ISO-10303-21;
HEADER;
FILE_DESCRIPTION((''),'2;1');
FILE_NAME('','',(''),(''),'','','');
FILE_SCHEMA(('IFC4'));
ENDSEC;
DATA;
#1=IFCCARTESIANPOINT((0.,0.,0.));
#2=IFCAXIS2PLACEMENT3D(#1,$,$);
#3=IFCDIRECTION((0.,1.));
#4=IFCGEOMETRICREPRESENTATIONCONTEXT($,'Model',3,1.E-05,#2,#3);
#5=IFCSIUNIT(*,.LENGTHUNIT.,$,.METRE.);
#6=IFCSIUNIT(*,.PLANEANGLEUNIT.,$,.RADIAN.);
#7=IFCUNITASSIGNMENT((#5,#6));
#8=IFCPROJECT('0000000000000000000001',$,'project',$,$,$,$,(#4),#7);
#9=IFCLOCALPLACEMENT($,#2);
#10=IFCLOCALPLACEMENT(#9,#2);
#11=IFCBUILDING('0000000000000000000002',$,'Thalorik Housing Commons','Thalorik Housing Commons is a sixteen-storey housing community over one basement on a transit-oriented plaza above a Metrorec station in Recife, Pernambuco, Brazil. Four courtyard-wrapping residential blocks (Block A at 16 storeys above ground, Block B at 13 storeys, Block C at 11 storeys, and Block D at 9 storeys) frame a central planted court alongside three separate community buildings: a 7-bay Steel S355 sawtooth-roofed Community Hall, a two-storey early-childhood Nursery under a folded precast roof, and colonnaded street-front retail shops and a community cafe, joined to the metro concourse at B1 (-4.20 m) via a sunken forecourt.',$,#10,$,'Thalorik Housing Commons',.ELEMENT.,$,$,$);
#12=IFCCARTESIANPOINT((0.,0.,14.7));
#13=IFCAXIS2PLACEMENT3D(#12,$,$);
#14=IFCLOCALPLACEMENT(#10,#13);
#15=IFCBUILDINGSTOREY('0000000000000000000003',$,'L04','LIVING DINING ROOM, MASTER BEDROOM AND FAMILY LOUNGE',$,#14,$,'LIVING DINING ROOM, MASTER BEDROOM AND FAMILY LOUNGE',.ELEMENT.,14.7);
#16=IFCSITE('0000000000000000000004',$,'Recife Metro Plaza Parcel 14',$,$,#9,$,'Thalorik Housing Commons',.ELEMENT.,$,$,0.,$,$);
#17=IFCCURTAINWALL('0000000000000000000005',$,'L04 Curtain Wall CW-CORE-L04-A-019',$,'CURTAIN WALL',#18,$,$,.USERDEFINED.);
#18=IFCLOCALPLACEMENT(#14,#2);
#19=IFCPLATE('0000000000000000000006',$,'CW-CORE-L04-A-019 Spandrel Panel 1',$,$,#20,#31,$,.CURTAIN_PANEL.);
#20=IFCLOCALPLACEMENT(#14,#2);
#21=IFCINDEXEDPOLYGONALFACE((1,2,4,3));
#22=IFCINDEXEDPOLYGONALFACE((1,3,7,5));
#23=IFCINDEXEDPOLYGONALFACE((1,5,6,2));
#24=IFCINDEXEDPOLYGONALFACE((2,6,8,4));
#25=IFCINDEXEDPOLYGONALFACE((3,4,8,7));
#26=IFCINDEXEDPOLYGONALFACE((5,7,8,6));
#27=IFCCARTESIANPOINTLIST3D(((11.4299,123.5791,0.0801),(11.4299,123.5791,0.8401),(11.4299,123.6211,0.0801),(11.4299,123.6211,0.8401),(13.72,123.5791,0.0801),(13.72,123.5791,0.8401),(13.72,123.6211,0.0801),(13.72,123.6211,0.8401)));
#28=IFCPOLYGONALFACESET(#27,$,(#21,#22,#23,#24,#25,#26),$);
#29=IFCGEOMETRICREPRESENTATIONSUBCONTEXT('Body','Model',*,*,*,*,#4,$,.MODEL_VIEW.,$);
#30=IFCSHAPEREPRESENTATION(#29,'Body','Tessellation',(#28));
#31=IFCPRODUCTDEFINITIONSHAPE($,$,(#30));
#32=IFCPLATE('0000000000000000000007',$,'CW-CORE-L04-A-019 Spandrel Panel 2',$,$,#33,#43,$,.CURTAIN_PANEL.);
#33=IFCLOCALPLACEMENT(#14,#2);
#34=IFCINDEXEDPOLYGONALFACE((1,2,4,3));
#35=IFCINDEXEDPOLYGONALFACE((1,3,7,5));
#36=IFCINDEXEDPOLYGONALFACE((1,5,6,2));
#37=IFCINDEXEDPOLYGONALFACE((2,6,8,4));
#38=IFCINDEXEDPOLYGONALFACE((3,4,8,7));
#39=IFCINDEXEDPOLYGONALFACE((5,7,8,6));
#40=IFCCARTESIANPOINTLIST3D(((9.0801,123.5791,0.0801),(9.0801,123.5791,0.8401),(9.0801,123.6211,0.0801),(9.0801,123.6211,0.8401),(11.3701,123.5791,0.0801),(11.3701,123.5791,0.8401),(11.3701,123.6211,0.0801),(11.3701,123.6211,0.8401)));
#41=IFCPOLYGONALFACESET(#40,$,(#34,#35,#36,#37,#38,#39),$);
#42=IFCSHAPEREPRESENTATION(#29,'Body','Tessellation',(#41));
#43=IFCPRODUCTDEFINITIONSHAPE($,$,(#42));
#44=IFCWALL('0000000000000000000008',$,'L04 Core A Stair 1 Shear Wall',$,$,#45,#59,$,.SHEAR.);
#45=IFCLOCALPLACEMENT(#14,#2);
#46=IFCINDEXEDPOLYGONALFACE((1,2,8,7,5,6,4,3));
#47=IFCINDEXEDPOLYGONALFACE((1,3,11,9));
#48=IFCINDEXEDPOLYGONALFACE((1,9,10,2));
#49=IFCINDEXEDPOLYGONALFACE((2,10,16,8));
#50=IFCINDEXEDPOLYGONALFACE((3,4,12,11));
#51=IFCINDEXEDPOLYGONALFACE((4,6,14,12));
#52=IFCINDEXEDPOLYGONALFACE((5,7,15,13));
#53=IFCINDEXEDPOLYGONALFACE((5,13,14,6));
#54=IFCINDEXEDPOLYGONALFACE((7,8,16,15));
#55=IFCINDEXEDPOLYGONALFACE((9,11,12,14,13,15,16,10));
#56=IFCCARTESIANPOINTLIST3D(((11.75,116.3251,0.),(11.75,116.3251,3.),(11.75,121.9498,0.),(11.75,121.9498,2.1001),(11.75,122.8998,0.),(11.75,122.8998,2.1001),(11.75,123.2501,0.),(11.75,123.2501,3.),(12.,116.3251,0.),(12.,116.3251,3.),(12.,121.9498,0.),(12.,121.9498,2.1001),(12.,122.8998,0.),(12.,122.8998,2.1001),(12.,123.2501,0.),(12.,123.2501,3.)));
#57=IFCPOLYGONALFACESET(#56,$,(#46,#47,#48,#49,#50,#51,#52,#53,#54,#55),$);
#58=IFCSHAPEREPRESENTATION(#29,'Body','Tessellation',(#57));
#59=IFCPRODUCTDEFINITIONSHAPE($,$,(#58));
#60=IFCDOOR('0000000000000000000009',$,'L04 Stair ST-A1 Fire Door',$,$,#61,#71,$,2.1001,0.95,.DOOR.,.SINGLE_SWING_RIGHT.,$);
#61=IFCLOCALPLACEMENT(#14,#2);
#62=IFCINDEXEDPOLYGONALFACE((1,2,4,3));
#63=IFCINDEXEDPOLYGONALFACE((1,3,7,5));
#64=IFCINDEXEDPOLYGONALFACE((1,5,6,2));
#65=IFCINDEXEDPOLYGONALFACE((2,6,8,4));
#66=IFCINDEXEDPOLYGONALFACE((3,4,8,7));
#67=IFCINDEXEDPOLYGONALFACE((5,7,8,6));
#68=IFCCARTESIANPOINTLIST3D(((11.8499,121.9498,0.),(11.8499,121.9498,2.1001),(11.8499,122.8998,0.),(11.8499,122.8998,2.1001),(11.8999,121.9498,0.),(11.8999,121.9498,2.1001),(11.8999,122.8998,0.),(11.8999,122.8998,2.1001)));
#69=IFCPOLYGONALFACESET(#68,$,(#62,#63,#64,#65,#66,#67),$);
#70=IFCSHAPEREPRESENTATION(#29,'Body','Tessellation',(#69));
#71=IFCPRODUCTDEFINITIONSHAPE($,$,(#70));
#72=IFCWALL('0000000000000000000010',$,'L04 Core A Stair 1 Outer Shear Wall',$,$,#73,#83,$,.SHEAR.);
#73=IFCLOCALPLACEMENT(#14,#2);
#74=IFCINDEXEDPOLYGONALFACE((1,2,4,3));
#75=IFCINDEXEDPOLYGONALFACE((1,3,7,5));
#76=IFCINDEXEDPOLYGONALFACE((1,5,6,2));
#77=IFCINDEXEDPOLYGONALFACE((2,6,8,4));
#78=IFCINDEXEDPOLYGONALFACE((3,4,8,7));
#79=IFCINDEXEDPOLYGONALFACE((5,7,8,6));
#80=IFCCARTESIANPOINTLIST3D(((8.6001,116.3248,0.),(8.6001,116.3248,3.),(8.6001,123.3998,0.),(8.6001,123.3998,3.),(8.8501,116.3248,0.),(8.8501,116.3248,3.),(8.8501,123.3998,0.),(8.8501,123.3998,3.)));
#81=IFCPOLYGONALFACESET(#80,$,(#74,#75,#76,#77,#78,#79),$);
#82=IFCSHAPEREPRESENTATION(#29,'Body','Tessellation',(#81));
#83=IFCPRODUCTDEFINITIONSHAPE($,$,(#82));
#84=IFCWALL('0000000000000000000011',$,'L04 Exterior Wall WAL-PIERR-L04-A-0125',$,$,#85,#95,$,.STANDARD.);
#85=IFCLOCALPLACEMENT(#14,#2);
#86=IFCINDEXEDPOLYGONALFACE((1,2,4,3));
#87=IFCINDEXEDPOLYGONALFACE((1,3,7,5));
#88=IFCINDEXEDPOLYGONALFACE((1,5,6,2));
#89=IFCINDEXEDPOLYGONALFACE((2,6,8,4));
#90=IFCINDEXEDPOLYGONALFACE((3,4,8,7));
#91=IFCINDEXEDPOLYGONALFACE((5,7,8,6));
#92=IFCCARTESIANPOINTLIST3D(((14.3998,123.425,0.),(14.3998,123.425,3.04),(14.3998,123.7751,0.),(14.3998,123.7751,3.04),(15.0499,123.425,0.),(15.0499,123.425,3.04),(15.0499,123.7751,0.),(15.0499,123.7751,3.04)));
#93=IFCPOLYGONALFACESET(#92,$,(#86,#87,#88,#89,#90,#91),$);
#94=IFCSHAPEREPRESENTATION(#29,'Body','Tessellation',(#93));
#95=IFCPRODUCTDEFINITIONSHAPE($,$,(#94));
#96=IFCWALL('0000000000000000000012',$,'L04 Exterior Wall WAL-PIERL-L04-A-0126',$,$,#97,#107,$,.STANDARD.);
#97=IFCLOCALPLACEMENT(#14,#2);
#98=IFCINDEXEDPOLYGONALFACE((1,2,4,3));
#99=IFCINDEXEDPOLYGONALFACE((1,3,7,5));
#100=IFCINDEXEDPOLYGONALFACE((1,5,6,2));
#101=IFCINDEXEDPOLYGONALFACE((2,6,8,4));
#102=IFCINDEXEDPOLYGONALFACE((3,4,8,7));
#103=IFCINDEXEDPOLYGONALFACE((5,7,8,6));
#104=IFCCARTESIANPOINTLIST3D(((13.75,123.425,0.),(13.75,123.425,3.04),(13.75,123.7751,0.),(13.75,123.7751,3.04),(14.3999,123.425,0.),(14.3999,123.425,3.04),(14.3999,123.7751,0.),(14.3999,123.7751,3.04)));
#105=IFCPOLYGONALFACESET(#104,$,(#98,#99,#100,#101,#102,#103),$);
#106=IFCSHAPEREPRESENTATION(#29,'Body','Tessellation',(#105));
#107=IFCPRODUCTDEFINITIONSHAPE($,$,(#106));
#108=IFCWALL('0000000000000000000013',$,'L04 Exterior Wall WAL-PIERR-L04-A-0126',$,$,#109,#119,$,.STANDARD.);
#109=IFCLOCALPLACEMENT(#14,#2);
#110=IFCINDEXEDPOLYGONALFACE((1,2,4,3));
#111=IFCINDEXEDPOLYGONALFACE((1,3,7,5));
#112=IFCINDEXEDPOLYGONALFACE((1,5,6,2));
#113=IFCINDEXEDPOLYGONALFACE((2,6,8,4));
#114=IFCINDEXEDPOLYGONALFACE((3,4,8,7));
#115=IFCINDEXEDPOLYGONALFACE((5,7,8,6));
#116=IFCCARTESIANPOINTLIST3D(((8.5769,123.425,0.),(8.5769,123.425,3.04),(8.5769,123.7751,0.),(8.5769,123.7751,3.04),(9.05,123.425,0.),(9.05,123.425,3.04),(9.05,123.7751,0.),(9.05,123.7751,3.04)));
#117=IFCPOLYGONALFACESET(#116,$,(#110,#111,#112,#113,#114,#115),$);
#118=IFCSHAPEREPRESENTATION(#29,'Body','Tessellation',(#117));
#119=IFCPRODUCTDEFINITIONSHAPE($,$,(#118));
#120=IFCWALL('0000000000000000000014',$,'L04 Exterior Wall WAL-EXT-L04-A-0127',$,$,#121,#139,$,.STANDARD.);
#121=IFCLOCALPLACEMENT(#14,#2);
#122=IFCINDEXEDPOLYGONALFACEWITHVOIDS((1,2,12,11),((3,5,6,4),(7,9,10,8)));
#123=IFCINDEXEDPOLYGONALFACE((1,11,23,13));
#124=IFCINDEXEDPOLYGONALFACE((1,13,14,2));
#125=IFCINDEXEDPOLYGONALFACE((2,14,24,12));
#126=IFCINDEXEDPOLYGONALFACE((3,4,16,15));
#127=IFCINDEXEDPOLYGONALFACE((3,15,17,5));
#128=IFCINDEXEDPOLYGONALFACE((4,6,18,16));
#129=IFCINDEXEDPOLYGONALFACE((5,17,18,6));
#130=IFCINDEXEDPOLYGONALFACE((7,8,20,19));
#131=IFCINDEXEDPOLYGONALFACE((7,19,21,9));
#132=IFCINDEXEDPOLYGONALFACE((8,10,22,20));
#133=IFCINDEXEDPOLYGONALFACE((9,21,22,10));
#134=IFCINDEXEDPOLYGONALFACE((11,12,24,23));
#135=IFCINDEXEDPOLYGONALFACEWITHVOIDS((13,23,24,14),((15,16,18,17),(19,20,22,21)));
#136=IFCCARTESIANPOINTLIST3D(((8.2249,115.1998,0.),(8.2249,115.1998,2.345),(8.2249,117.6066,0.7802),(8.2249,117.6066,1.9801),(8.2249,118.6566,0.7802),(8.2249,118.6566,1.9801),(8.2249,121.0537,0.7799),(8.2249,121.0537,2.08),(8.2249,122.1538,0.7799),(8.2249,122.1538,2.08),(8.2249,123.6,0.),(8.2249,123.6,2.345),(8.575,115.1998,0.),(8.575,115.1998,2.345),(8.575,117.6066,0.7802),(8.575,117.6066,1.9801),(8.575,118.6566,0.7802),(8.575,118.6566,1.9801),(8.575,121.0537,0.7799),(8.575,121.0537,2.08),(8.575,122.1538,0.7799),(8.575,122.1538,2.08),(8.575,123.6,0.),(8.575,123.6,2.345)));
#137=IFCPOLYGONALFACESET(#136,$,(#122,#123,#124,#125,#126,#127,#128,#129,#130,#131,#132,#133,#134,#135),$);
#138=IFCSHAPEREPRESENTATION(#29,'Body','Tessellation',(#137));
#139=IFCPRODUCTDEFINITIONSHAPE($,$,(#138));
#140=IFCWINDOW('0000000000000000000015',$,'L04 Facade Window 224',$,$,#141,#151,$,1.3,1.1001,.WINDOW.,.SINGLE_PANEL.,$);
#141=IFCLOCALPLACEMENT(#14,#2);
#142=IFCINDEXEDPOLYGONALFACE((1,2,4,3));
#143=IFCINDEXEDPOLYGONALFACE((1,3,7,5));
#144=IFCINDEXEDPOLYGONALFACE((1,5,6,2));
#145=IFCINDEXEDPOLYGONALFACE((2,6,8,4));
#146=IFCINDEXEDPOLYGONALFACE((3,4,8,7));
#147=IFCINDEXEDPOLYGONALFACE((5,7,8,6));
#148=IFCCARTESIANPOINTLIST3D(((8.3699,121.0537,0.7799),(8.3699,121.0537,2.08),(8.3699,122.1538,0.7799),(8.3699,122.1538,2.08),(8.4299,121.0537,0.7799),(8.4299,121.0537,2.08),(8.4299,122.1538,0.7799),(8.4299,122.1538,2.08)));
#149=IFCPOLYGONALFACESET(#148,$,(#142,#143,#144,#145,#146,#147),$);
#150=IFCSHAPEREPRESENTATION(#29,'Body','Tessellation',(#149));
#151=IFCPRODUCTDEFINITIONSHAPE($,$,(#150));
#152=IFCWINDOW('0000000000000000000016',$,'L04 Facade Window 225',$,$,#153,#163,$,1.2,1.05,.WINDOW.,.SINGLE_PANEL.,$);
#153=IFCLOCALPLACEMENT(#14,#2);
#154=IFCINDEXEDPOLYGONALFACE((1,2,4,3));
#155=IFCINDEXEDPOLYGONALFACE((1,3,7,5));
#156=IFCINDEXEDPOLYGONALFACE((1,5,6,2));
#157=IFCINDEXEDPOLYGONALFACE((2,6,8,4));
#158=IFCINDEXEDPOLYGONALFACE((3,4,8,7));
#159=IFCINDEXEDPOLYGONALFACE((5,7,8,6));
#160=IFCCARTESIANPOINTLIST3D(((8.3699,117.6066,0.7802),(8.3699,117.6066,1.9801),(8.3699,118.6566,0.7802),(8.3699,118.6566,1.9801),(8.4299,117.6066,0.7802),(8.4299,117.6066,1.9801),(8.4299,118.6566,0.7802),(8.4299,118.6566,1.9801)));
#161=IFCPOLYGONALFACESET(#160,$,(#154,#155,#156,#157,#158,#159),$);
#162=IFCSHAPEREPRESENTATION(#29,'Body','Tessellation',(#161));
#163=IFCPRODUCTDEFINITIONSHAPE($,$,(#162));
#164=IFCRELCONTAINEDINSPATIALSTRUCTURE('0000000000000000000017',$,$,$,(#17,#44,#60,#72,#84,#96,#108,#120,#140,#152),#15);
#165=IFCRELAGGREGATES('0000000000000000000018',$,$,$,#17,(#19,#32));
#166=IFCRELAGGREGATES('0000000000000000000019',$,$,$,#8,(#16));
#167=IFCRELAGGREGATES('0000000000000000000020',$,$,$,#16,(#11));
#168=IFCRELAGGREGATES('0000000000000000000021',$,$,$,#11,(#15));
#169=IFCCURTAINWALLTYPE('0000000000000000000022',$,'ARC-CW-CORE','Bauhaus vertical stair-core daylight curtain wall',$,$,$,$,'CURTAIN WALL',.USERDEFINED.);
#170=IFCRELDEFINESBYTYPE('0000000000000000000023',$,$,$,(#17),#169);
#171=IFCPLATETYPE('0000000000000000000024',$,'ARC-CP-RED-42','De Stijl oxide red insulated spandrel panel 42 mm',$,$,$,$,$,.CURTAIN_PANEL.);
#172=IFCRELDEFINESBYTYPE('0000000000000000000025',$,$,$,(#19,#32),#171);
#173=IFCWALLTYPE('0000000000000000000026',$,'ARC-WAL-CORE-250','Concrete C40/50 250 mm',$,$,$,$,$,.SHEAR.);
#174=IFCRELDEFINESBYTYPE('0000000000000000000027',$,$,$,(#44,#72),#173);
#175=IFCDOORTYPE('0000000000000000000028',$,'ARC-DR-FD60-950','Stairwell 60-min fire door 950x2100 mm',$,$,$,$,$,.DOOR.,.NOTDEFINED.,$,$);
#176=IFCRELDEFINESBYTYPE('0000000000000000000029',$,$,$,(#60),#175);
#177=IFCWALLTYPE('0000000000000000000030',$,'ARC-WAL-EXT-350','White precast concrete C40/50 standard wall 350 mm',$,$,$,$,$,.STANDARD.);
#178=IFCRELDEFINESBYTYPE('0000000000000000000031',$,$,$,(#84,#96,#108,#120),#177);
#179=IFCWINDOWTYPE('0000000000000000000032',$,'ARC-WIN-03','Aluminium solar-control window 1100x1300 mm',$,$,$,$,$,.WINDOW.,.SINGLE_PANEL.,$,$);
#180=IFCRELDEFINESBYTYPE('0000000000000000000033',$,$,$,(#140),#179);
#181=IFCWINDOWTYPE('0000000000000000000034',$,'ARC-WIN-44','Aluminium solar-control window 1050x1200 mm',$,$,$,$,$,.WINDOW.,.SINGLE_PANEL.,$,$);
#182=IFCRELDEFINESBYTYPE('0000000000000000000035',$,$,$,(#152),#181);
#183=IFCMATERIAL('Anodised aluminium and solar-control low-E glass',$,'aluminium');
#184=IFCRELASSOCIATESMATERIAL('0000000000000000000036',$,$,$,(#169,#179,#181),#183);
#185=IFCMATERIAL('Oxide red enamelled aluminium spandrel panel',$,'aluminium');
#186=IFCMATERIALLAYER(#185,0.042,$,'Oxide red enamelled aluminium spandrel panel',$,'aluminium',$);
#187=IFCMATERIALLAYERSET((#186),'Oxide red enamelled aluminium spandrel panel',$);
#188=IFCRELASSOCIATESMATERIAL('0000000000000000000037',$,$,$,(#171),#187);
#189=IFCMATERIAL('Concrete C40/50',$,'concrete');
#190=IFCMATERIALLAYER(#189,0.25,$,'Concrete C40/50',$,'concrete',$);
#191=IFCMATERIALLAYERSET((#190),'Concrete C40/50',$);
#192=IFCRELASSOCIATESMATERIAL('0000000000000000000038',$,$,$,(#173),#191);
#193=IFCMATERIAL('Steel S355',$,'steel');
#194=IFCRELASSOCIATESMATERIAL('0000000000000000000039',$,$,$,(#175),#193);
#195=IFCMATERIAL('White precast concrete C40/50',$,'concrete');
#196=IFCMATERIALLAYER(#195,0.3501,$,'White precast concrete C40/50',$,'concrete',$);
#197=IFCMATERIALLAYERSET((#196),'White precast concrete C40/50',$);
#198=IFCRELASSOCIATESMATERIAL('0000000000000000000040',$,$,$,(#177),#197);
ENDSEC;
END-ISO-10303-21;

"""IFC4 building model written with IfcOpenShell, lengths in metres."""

from ifc_helpers import new_model, si_unit, direction, frame, frame_2d, origin, origin_2d, place, context, subcontext, project, spatial, rectangle, extrude, material, layer, layer_set, type_object, element, fill, aggregate, save


model = new_model("IFC4")

# Units and contexts
model_context = context("Model", 3, precision=1e-05, world=origin(), true_north=direction((0.0, 1.0)))
body_context = subcontext(model_context, "Body", "Model", "MODEL_VIEW")
ifc_project = project(units=[si_unit("LENGTHUNIT", "METRE"), si_unit("PLANEANGLEUNIT", "RADIAN")], contexts=[model_context])

# Site, building, storey
site_placement = place(None, origin())
site = spatial("IfcSite", under=ifc_project, at=site_placement, Name="Recife Metro Plaza Parcel 14", LongName="Thalorik Housing Commons", CompositionType="ELEMENT", RefElevation=0.0)
building_placement = place(site_placement, origin())
building = spatial("IfcBuilding", under=site, at=building_placement, Name="Thalorik Housing Commons", Description="Thalorik Housing Commons is a sixteen-storey housing community over one basement on a transit-oriented plaza above a Metrorec station in Recife, Pernambuco, Brazil. Four courtyard-wrapping residential blocks (Block A at 16 storeys above ground, Block B at 13 storeys, Block C at 11 storeys, and Block D at 9 storeys) frame a central planted court alongside three separate community buildings: a 7-bay Steel S355 sawtooth-roofed Community Hall, a two-storey early-childhood Nursery under a folded precast roof, and colonnaded street-front retail shops and a community cafe, joined to the metro concourse at B1 (-4.20 m) via a sunken forecourt.", LongName="Thalorik Housing Commons", CompositionType="ELEMENT")
storey_placement = place(building_placement, frame((0.0, 0.0, 14.7)))
storey = spatial("IfcBuildingStorey", under=building, at=storey_placement, Name="L04", Description="LIVING DINING ROOM, MASTER BEDROOM AND FAMILY LOUNGE", LongName="LIVING DINING ROOM, MASTER BEDROOM AND FAMILY LOUNGE", CompositionType="ELEMENT", Elevation=14.7)

# Shared definitions
ifc_material_1 = material(Name="Anodised aluminium and solar-control low-E glass", Category="aluminium")
curtain_wall_type = type_object("IfcCurtainWallType", Name="ARC-CW-CORE", Description="Bauhaus vertical stair-core daylight curtain wall", ElementType="CURTAIN WALL", PredefinedType="USERDEFINED", material=ifc_material_1)

# Curtain wall
curtain_wall_1_placement = place(storey_placement, origin())
curtain_wall_1 = element("IfcCurtainWall", 1, at=curtain_wall_1_placement, inside=storey, type_object=curtain_wall_type, Name="L04 Curtain Wall CW-CORE-L04-A-019", ObjectType="CURTAIN WALL", PredefinedType="USERDEFINED")

# Plates
ifc_material_2 = material(Name="Oxide red enamelled aluminium spandrel panel", Category="aluminium")
ifc_layer_1 = layer(ifc_material_2, 0.042, Name="Oxide red enamelled aluminium spandrel panel", Category="aluminium")
ifc_layer_set_1 = layer_set([ifc_layer_1], Name="Oxide red enamelled aluminium spandrel panel")
plate_type_1 = type_object("IfcPlateType", Name="ARC-CP-RED-42", Description="De Stijl oxide red insulated spandrel panel 42 mm", PredefinedType="CURTAIN_PANEL", material=ifc_layer_set_1)
plate_1_placement = place(storey_placement, frame((12.575, 123.6001, 0.0801), z_axis=(0.0, 0.0, 1.0), x_axis=(-1.0, 0.0, 0.0)))
plate_1 = element("IfcPlate", 2, at=plate_1_placement, type_object=plate_type_1, Name="CW-CORE-L04-A-019 Spandrel Panel 1", PredefinedType="CURTAIN_PANEL", context=body_context, shape_type="SweptSolid", body=[
    extrude(rectangle(XDim=2.29, YDim=0.042, at=origin_2d()), origin(), (0.0, 0.0, 1.0), 0.76),
])
plate_2_placement = place(storey_placement, frame((10.2251, 123.6001, 0.0801), z_axis=(0.0, 0.0, 1.0), x_axis=(-1.0, 0.0, 0.0)))
plate_2 = element("IfcPlate", 3, at=plate_2_placement, type_object=plate_type_1, Name="CW-CORE-L04-A-019 Spandrel Panel 2", PredefinedType="CURTAIN_PANEL", context=body_context, shape_type="SweptSolid", body=[
    extrude(rectangle(XDim=2.29, YDim=0.042, at=origin_2d()), origin(), (0.0, 0.0, 1.0), 0.76),
])
aggregate(curtain_wall_1, [plate_1, plate_2])

# Wall, opening, door
ifc_material_3 = material(Name="Concrete C40/50", Category="concrete")
ifc_layer_2 = layer(ifc_material_3, 0.25, Name="Concrete C40/50", Category="concrete")
ifc_layer_set_2 = layer_set([ifc_layer_2], Name="Concrete C40/50")
wall_type_1 = type_object("IfcWallType", Name="ARC-WAL-CORE-250", Description="Concrete C40/50 250 mm", PredefinedType="SHEAR", material=ifc_layer_set_2)
wall_1_placement = place(storey_placement, frame((11.875, 123.25, 0.0), z_axis=(0.0, 0.0, 1.0), x_axis=(0.0, -1.0, 0.0)))
wall_1 = element("IfcWall", 4, at=wall_1_placement, inside=storey, type_object=wall_type_1, Name="L04 Core A Stair 1 Shear Wall", PredefinedType="SHEAR", context=body_context, shape_type="SweptSolid", body=[
    extrude(rectangle(XDim=6.925, YDim=0.25, at=frame_2d((3.4624, 0.0))), origin(), (0.0, 0.0, 1.0), 3.0),
])
opening_1_placement = place(wall_1_placement, frame((0.3501, 0.0, 0.0)))
opening_1 = element("IfcOpeningElement", 5, at=opening_1_placement, cuts=wall_1, PredefinedType="OPENING", context=body_context, shape_type="SweptSolid", body=[
    extrude(rectangle(XDim=0.95, YDim=2.1001, at=frame_2d((0.4751, 1.05))), frame((0.0, 0.135, 0.0), z_axis=(0.0, -1.0, 0.0), x_axis=(1.0, 0.0, 0.0)), (0.0, 0.0, 1.0), 0.27),
])
ifc_material_4 = material(Name="Steel S355", Category="steel")
door_type = type_object("IfcDoorType", Name="ARC-DR-FD60-950", Description="Stairwell 60-min fire door 950x2100 mm", OperationType="NOTDEFINED", PredefinedType="DOOR", material=ifc_material_4)
door_placement = place(opening_1_placement, origin())
door = element("IfcDoor", 6, at=door_placement, inside=storey, type_object=door_type, Name="L04 Stair ST-A1 Fire Door", OperationType="SINGLE_SWING_RIGHT", OverallHeight=2.1001, OverallWidth=0.95, PredefinedType="DOOR", context=body_context, shape_type="SweptSolid", body=[
    extrude(rectangle(XDim=0.95, YDim=2.1001, at=frame_2d((0.4751, 1.05))), frame((0.0, 0.0249, 0.0), z_axis=(0.0, -1.0, 0.0), x_axis=(1.0, 0.0, 0.0)), (0.0, 0.0, 1.0), 0.05),
])
fill(opening_1, door)

# Walls
wall_2_placement = place(storey_placement, frame((8.7251, 123.3999, 0.0), z_axis=(0.0, 0.0, 1.0), x_axis=(0.0, -1.0, 0.0)))
element("IfcWall", 7, at=wall_2_placement, inside=storey, type_object=wall_type_1, Name="L04 Core A Stair 1 Outer Shear Wall", PredefinedType="SHEAR", context=body_context, shape_type="SweptSolid", body=[
    extrude(rectangle(XDim=7.075, YDim=0.25, at=frame_2d((3.5376, 0.0))), origin(), (0.0, 0.0, 1.0), 3.0),
])
ifc_material_5 = material(Name="White precast concrete C40/50", Category="concrete")
ifc_layer_3 = layer(ifc_material_5, 0.3501, Name="White precast concrete C40/50", Category="concrete")
ifc_layer_set_3 = layer_set([ifc_layer_3], Name="White precast concrete C40/50")
wall_type_2 = type_object("IfcWallType", Name="ARC-WAL-EXT-350", Description="White precast concrete C40/50 standard wall 350 mm", PredefinedType="STANDARD", material=ifc_layer_set_3)
wall_3_placement = place(storey_placement, frame((15.05, 123.6001, 0.0), z_axis=(0.0, 0.0, 1.0), x_axis=(-1.0, 0.0, 0.0)))
element("IfcWall", 8, at=wall_3_placement, inside=storey, type_object=wall_type_2, Name="L04 Exterior Wall WAL-PIERR-L04-A-0125", PredefinedType="STANDARD", context=body_context, shape_type="SweptSolid", body=[
    extrude(rectangle(XDim=0.6501, YDim=0.3501, at=frame_2d((0.3252, 0.0))), origin(), (0.0, 0.0, 1.0), 3.04),
])
wall_4_placement = place(storey_placement, frame((14.3999, 123.6001, 0.0), z_axis=(0.0, 0.0, 1.0), x_axis=(-1.0, 0.0, 0.0)))
element("IfcWall", 9, at=wall_4_placement, inside=storey, type_object=wall_type_2, Name="L04 Exterior Wall WAL-PIERL-L04-A-0126", PredefinedType="STANDARD", context=body_context, shape_type="SweptSolid", body=[
    extrude(rectangle(XDim=0.6499, YDim=0.3501, at=frame_2d((0.325, 0.0))), origin(), (0.0, 0.0, 1.0), 3.04),
])
wall_5_placement = place(storey_placement, frame((9.05, 123.6001, 0.0), z_axis=(0.0, 0.0, 1.0), x_axis=(-1.0, 0.0, 0.0)))
element("IfcWall", 10, at=wall_5_placement, inside=storey, type_object=wall_type_2, Name="L04 Exterior Wall WAL-PIERR-L04-A-0126", PredefinedType="STANDARD", context=body_context, shape_type="SweptSolid", body=[
    extrude(rectangle(XDim=0.4731, YDim=0.3501, at=frame_2d((0.2366, 0.0))), origin(), (0.0, 0.0, 1.0), 3.04),
])

# Wall, openings, windows
wall_6_placement = place(storey_placement, frame((8.3999, 123.6001, 0.0), z_axis=(0.0, 0.0, 1.0), x_axis=(0.0, -1.0, 0.0)))
wall_6 = element("IfcWall", 11, at=wall_6_placement, inside=storey, type_object=wall_type_2, Name="L04 Exterior Wall WAL-EXT-L04-A-0127", PredefinedType="STANDARD", context=body_context, shape_type="SweptSolid", body=[
    extrude(rectangle(XDim=8.4001, YDim=0.3501, at=frame_2d((4.2002, 0.0))), origin(), (0.0, 0.0, 1.0), 2.345),
])
opening_2_placement = place(wall_6_placement, frame((1.4463, 0.0, 0.78)))
opening_2 = element("IfcOpeningElement", 12, at=opening_2_placement, cuts=wall_6, PredefinedType="OPENING", context=body_context, shape_type="SweptSolid", body=[
    extrude(rectangle(XDim=1.1001, YDim=1.3, at=frame_2d((0.55, 0.6499))), frame((0.0, 0.1851, 0.0), z_axis=(0.0, -1.0, 0.0), x_axis=(1.0, 0.0, 0.0)), (0.0, 0.0, 1.0), 0.3701),
])
opening_3_placement = place(wall_6_placement, frame((4.9436, 0.0, 0.78)))
opening_3 = element("IfcOpeningElement", 13, at=opening_3_placement, cuts=wall_6, PredefinedType="OPENING", context=body_context, shape_type="SweptSolid", body=[
    extrude(rectangle(XDim=1.05, YDim=1.2, at=frame_2d((0.5249, 0.6001))), frame((0.0, 0.1851, 0.0), z_axis=(0.0, -1.0, 0.0), x_axis=(1.0, 0.0, 0.0)), (0.0, 0.0, 1.0), 0.3701),
])
window_type_1 = type_object("IfcWindowType", Name="ARC-WIN-03", Description="Aluminium solar-control window 1100x1300 mm", PartitioningType="SINGLE_PANEL", PredefinedType="WINDOW", material=ifc_material_1)
window_1_placement = place(opening_2_placement, origin())
window_1 = element("IfcWindow", 14, at=window_1_placement, inside=storey, type_object=window_type_1, Name="L04 Facade Window 224", OverallHeight=1.3, OverallWidth=1.1001, PartitioningType="SINGLE_PANEL", PredefinedType="WINDOW", context=body_context, shape_type="SweptSolid", body=[
    extrude(rectangle(XDim=1.1001, YDim=1.3, at=frame_2d((0.55, 0.6499))), frame((0.0, 0.03, 0.0), z_axis=(0.0, -1.0, 0.0), x_axis=(1.0, 0.0, 0.0)), (0.0, 0.0, 1.0), 0.0601),
])
fill(opening_2, window_1)
window_type_2 = type_object("IfcWindowType", Name="ARC-WIN-44", Description="Aluminium solar-control window 1050x1200 mm", PartitioningType="SINGLE_PANEL", PredefinedType="WINDOW", material=ifc_material_1)
window_2_placement = place(opening_3_placement, origin())
window_2 = element("IfcWindow", 15, at=window_2_placement, inside=storey, type_object=window_type_2, Name="L04 Facade Window 225", OverallHeight=1.2, OverallWidth=1.05, PartitioningType="SINGLE_PANEL", PredefinedType="WINDOW", context=body_context, shape_type="SweptSolid", body=[
    extrude(rectangle(XDim=1.05, YDim=1.2, at=frame_2d((0.5249, 0.6001))), frame((0.0, 0.03, 0.0), z_axis=(0.0, -1.0, 0.0), x_axis=(1.0, 0.0, 0.0)), (0.0, 0.0, 1.0), 0.0601),
])
fill(opening_3, window_2)

save(model, "model.ifc")
